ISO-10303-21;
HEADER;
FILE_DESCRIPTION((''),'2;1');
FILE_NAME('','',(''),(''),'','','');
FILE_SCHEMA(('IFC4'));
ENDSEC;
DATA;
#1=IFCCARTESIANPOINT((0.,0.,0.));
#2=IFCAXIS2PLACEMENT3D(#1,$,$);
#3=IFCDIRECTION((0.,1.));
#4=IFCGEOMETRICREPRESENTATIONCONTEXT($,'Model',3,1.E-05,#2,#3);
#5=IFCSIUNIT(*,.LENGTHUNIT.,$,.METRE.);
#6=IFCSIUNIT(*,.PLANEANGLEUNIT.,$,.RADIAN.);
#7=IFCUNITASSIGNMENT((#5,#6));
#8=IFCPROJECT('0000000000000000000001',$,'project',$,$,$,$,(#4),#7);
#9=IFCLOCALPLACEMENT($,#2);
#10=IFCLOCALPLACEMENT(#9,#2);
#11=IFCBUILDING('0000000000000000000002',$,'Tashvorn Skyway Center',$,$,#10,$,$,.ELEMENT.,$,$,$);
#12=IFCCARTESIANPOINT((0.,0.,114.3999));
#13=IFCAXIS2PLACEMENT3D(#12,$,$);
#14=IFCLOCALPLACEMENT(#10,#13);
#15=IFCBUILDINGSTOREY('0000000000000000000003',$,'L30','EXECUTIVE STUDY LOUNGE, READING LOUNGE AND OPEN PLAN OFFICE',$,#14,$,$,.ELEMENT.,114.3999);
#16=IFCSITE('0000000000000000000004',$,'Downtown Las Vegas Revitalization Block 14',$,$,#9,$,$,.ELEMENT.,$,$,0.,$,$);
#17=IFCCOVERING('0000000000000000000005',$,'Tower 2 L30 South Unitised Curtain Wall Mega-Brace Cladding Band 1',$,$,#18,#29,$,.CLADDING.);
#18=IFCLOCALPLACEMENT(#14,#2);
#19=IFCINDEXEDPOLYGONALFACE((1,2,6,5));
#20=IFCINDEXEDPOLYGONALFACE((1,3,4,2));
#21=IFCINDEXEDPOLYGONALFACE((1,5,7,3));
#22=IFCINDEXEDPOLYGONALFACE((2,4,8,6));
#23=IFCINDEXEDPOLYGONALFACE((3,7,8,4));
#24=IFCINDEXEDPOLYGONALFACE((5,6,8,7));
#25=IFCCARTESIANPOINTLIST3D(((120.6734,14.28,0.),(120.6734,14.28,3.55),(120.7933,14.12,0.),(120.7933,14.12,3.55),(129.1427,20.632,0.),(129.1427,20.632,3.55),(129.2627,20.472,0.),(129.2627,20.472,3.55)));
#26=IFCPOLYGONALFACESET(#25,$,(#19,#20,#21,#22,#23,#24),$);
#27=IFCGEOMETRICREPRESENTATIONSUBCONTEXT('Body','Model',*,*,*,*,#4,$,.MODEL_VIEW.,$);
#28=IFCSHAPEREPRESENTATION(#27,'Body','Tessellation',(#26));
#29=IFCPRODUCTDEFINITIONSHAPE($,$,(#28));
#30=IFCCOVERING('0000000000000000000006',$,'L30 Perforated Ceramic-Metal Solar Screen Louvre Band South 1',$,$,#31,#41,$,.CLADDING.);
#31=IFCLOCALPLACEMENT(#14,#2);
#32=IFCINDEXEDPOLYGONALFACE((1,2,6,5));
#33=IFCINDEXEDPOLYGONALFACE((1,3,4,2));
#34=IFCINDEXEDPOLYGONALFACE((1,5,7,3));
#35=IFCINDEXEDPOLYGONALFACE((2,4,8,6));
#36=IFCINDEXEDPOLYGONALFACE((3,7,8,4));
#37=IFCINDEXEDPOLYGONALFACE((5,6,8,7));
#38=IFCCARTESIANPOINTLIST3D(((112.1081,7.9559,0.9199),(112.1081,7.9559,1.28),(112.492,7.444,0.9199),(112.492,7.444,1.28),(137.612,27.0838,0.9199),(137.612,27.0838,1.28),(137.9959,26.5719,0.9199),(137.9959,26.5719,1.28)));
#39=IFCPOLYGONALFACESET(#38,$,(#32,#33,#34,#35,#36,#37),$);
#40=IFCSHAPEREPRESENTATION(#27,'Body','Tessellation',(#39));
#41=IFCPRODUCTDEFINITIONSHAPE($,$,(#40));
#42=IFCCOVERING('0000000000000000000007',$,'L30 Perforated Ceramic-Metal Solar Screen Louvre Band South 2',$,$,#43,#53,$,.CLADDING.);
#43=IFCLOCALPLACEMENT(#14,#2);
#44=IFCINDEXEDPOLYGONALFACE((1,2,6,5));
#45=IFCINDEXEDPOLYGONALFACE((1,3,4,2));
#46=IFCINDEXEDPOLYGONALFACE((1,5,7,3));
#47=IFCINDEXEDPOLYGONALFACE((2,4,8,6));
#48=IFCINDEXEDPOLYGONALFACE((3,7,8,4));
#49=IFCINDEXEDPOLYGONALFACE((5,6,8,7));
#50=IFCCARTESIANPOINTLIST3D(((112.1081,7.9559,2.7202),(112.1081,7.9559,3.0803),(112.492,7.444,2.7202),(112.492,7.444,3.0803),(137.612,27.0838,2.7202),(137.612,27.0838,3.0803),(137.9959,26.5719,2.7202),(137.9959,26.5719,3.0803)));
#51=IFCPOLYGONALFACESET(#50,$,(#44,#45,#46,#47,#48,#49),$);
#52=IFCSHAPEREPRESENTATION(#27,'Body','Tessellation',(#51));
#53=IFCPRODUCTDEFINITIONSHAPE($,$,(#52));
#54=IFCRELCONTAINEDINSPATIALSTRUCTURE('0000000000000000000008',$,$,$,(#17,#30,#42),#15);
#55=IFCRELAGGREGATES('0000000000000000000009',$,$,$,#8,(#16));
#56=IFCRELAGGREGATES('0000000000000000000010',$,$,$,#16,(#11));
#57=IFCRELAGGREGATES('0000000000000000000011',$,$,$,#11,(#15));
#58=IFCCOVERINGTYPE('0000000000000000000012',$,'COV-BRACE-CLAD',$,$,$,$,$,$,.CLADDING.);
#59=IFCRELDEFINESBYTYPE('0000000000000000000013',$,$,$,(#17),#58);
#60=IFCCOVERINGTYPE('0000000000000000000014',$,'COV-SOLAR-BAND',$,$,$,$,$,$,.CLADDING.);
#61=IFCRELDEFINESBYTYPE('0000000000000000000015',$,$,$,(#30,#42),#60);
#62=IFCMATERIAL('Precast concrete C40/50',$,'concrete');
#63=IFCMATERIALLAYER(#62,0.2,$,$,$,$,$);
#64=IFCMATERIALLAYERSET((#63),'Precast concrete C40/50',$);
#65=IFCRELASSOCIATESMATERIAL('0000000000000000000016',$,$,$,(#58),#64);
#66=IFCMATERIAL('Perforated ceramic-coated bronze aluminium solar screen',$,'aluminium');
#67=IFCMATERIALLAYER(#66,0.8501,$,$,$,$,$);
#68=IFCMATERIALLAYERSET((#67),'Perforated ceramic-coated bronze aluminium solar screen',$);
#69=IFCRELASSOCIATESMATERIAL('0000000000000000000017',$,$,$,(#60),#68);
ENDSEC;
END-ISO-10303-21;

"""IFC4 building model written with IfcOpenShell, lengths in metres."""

from ifc_helpers import new_model, si_unit, direction, frame, origin, origin_2d, place, context, subcontext, project, spatial, rectangle, extrude, material, layer, layer_set, type_object, element, save


model = new_model("IFC4")

# Units and contexts
model_context = context("Model", 3, precision=1e-05, world=origin(), true_north=direction((0.0, 1.0)))
body_context = subcontext(model_context, "Body", "Model", "MODEL_VIEW")
ifc_project = project(units=[si_unit("LENGTHUNIT", "METRE"), si_unit("PLANEANGLEUNIT", "RADIAN")], contexts=[model_context])

# Site, building, storey
site_placement = place(None, origin())
site = spatial("IfcSite", under=ifc_project, at=site_placement, Name="Downtown Las Vegas Revitalization Block 14", CompositionType="ELEMENT", RefElevation=0.0)
building_placement = place(site_placement, origin())
building = spatial("IfcBuilding", under=site, at=building_placement, Name="Tashvorn Skyway Center", CompositionType="ELEMENT")
storey_placement = place(building_placement, frame((0.0, 0.0, 114.3999)))
storey = spatial("IfcBuildingStorey", under=building, at=storey_placement, Name="L30", Description="EXECUTIVE STUDY LOUNGE, READING LOUNGE AND OPEN PLAN OFFICE", CompositionType="ELEMENT", Elevation=114.3999)

# Coverings
ifc_material_1 = material(Name="Precast concrete C40/50", Category="concrete")
ifc_layer_1 = layer(ifc_material_1, 0.2)
ifc_layer_set_1 = layer_set([ifc_layer_1], Name="Precast concrete C40/50")
covering_type_1 = type_object("IfcCoveringType", Name="COV-BRACE-CLAD", PredefinedType="CLADDING", material=ifc_layer_set_1)
covering_placement = place(storey_placement, frame((124.968, 17.376, 0.0), z_axis=(0.0, 0.0, 1.0), x_axis=(-0.8, -0.6, 0.0)))
element("IfcCovering", 1, at=covering_placement, inside=storey, type_object=covering_type_1, Name="Tower 2 L30 South Unitised Curtain Wall Mega-Brace Cladding Band 1", PredefinedType="CLADDING", context=body_context, shape_type="SweptSolid", body=[
    extrude(rectangle(XDim=10.5867, YDim=0.2, at=origin_2d()), origin(), (0.0, 0.0, 1.0), 3.55),
])
ifc_material_2 = material(Name="Perforated ceramic-coated bronze aluminium solar screen", Category="aluminium")
ifc_layer_2 = layer(ifc_material_2, 0.8501)
ifc_layer_set_2 = layer_set([ifc_layer_2], Name="Perforated ceramic-coated bronze aluminium solar screen")
covering_type_2 = type_object("IfcCoveringType", Name="COV-SOLAR-BAND", PredefinedType="CLADDING", material=ifc_layer_set_2)
for number, where, z_axis, x_axis, name in (
    (2, (125.052, 17.2639, 0.9199), (0.0, 0.0, 1.0), (-0.8, -0.6, 0.0), "L30 Perforated Ceramic-Metal Solar Screen Louvre Band South 1"),
    (3, (125.052, 17.2639, 2.7202), (0.0, 0.0, 1.0), (-0.8, -0.6, 0.0), "L30 Perforated Ceramic-Metal Solar Screen Louvre Band South 2"),
):
    element("IfcCovering", number, at=place(storey_placement, frame(where, z_axis=z_axis, x_axis=x_axis)), inside=storey, type_object=covering_type_2, Name=name, PredefinedType="CLADDING", context=body_context, shape_type="SweptSolid", body=[
        extrude(rectangle(XDim=31.8799, YDim=0.6399, at=origin_2d()), origin(), (0.0, 0.0, 1.0), 0.3601),
    ])

save(model, "model.ifc")
